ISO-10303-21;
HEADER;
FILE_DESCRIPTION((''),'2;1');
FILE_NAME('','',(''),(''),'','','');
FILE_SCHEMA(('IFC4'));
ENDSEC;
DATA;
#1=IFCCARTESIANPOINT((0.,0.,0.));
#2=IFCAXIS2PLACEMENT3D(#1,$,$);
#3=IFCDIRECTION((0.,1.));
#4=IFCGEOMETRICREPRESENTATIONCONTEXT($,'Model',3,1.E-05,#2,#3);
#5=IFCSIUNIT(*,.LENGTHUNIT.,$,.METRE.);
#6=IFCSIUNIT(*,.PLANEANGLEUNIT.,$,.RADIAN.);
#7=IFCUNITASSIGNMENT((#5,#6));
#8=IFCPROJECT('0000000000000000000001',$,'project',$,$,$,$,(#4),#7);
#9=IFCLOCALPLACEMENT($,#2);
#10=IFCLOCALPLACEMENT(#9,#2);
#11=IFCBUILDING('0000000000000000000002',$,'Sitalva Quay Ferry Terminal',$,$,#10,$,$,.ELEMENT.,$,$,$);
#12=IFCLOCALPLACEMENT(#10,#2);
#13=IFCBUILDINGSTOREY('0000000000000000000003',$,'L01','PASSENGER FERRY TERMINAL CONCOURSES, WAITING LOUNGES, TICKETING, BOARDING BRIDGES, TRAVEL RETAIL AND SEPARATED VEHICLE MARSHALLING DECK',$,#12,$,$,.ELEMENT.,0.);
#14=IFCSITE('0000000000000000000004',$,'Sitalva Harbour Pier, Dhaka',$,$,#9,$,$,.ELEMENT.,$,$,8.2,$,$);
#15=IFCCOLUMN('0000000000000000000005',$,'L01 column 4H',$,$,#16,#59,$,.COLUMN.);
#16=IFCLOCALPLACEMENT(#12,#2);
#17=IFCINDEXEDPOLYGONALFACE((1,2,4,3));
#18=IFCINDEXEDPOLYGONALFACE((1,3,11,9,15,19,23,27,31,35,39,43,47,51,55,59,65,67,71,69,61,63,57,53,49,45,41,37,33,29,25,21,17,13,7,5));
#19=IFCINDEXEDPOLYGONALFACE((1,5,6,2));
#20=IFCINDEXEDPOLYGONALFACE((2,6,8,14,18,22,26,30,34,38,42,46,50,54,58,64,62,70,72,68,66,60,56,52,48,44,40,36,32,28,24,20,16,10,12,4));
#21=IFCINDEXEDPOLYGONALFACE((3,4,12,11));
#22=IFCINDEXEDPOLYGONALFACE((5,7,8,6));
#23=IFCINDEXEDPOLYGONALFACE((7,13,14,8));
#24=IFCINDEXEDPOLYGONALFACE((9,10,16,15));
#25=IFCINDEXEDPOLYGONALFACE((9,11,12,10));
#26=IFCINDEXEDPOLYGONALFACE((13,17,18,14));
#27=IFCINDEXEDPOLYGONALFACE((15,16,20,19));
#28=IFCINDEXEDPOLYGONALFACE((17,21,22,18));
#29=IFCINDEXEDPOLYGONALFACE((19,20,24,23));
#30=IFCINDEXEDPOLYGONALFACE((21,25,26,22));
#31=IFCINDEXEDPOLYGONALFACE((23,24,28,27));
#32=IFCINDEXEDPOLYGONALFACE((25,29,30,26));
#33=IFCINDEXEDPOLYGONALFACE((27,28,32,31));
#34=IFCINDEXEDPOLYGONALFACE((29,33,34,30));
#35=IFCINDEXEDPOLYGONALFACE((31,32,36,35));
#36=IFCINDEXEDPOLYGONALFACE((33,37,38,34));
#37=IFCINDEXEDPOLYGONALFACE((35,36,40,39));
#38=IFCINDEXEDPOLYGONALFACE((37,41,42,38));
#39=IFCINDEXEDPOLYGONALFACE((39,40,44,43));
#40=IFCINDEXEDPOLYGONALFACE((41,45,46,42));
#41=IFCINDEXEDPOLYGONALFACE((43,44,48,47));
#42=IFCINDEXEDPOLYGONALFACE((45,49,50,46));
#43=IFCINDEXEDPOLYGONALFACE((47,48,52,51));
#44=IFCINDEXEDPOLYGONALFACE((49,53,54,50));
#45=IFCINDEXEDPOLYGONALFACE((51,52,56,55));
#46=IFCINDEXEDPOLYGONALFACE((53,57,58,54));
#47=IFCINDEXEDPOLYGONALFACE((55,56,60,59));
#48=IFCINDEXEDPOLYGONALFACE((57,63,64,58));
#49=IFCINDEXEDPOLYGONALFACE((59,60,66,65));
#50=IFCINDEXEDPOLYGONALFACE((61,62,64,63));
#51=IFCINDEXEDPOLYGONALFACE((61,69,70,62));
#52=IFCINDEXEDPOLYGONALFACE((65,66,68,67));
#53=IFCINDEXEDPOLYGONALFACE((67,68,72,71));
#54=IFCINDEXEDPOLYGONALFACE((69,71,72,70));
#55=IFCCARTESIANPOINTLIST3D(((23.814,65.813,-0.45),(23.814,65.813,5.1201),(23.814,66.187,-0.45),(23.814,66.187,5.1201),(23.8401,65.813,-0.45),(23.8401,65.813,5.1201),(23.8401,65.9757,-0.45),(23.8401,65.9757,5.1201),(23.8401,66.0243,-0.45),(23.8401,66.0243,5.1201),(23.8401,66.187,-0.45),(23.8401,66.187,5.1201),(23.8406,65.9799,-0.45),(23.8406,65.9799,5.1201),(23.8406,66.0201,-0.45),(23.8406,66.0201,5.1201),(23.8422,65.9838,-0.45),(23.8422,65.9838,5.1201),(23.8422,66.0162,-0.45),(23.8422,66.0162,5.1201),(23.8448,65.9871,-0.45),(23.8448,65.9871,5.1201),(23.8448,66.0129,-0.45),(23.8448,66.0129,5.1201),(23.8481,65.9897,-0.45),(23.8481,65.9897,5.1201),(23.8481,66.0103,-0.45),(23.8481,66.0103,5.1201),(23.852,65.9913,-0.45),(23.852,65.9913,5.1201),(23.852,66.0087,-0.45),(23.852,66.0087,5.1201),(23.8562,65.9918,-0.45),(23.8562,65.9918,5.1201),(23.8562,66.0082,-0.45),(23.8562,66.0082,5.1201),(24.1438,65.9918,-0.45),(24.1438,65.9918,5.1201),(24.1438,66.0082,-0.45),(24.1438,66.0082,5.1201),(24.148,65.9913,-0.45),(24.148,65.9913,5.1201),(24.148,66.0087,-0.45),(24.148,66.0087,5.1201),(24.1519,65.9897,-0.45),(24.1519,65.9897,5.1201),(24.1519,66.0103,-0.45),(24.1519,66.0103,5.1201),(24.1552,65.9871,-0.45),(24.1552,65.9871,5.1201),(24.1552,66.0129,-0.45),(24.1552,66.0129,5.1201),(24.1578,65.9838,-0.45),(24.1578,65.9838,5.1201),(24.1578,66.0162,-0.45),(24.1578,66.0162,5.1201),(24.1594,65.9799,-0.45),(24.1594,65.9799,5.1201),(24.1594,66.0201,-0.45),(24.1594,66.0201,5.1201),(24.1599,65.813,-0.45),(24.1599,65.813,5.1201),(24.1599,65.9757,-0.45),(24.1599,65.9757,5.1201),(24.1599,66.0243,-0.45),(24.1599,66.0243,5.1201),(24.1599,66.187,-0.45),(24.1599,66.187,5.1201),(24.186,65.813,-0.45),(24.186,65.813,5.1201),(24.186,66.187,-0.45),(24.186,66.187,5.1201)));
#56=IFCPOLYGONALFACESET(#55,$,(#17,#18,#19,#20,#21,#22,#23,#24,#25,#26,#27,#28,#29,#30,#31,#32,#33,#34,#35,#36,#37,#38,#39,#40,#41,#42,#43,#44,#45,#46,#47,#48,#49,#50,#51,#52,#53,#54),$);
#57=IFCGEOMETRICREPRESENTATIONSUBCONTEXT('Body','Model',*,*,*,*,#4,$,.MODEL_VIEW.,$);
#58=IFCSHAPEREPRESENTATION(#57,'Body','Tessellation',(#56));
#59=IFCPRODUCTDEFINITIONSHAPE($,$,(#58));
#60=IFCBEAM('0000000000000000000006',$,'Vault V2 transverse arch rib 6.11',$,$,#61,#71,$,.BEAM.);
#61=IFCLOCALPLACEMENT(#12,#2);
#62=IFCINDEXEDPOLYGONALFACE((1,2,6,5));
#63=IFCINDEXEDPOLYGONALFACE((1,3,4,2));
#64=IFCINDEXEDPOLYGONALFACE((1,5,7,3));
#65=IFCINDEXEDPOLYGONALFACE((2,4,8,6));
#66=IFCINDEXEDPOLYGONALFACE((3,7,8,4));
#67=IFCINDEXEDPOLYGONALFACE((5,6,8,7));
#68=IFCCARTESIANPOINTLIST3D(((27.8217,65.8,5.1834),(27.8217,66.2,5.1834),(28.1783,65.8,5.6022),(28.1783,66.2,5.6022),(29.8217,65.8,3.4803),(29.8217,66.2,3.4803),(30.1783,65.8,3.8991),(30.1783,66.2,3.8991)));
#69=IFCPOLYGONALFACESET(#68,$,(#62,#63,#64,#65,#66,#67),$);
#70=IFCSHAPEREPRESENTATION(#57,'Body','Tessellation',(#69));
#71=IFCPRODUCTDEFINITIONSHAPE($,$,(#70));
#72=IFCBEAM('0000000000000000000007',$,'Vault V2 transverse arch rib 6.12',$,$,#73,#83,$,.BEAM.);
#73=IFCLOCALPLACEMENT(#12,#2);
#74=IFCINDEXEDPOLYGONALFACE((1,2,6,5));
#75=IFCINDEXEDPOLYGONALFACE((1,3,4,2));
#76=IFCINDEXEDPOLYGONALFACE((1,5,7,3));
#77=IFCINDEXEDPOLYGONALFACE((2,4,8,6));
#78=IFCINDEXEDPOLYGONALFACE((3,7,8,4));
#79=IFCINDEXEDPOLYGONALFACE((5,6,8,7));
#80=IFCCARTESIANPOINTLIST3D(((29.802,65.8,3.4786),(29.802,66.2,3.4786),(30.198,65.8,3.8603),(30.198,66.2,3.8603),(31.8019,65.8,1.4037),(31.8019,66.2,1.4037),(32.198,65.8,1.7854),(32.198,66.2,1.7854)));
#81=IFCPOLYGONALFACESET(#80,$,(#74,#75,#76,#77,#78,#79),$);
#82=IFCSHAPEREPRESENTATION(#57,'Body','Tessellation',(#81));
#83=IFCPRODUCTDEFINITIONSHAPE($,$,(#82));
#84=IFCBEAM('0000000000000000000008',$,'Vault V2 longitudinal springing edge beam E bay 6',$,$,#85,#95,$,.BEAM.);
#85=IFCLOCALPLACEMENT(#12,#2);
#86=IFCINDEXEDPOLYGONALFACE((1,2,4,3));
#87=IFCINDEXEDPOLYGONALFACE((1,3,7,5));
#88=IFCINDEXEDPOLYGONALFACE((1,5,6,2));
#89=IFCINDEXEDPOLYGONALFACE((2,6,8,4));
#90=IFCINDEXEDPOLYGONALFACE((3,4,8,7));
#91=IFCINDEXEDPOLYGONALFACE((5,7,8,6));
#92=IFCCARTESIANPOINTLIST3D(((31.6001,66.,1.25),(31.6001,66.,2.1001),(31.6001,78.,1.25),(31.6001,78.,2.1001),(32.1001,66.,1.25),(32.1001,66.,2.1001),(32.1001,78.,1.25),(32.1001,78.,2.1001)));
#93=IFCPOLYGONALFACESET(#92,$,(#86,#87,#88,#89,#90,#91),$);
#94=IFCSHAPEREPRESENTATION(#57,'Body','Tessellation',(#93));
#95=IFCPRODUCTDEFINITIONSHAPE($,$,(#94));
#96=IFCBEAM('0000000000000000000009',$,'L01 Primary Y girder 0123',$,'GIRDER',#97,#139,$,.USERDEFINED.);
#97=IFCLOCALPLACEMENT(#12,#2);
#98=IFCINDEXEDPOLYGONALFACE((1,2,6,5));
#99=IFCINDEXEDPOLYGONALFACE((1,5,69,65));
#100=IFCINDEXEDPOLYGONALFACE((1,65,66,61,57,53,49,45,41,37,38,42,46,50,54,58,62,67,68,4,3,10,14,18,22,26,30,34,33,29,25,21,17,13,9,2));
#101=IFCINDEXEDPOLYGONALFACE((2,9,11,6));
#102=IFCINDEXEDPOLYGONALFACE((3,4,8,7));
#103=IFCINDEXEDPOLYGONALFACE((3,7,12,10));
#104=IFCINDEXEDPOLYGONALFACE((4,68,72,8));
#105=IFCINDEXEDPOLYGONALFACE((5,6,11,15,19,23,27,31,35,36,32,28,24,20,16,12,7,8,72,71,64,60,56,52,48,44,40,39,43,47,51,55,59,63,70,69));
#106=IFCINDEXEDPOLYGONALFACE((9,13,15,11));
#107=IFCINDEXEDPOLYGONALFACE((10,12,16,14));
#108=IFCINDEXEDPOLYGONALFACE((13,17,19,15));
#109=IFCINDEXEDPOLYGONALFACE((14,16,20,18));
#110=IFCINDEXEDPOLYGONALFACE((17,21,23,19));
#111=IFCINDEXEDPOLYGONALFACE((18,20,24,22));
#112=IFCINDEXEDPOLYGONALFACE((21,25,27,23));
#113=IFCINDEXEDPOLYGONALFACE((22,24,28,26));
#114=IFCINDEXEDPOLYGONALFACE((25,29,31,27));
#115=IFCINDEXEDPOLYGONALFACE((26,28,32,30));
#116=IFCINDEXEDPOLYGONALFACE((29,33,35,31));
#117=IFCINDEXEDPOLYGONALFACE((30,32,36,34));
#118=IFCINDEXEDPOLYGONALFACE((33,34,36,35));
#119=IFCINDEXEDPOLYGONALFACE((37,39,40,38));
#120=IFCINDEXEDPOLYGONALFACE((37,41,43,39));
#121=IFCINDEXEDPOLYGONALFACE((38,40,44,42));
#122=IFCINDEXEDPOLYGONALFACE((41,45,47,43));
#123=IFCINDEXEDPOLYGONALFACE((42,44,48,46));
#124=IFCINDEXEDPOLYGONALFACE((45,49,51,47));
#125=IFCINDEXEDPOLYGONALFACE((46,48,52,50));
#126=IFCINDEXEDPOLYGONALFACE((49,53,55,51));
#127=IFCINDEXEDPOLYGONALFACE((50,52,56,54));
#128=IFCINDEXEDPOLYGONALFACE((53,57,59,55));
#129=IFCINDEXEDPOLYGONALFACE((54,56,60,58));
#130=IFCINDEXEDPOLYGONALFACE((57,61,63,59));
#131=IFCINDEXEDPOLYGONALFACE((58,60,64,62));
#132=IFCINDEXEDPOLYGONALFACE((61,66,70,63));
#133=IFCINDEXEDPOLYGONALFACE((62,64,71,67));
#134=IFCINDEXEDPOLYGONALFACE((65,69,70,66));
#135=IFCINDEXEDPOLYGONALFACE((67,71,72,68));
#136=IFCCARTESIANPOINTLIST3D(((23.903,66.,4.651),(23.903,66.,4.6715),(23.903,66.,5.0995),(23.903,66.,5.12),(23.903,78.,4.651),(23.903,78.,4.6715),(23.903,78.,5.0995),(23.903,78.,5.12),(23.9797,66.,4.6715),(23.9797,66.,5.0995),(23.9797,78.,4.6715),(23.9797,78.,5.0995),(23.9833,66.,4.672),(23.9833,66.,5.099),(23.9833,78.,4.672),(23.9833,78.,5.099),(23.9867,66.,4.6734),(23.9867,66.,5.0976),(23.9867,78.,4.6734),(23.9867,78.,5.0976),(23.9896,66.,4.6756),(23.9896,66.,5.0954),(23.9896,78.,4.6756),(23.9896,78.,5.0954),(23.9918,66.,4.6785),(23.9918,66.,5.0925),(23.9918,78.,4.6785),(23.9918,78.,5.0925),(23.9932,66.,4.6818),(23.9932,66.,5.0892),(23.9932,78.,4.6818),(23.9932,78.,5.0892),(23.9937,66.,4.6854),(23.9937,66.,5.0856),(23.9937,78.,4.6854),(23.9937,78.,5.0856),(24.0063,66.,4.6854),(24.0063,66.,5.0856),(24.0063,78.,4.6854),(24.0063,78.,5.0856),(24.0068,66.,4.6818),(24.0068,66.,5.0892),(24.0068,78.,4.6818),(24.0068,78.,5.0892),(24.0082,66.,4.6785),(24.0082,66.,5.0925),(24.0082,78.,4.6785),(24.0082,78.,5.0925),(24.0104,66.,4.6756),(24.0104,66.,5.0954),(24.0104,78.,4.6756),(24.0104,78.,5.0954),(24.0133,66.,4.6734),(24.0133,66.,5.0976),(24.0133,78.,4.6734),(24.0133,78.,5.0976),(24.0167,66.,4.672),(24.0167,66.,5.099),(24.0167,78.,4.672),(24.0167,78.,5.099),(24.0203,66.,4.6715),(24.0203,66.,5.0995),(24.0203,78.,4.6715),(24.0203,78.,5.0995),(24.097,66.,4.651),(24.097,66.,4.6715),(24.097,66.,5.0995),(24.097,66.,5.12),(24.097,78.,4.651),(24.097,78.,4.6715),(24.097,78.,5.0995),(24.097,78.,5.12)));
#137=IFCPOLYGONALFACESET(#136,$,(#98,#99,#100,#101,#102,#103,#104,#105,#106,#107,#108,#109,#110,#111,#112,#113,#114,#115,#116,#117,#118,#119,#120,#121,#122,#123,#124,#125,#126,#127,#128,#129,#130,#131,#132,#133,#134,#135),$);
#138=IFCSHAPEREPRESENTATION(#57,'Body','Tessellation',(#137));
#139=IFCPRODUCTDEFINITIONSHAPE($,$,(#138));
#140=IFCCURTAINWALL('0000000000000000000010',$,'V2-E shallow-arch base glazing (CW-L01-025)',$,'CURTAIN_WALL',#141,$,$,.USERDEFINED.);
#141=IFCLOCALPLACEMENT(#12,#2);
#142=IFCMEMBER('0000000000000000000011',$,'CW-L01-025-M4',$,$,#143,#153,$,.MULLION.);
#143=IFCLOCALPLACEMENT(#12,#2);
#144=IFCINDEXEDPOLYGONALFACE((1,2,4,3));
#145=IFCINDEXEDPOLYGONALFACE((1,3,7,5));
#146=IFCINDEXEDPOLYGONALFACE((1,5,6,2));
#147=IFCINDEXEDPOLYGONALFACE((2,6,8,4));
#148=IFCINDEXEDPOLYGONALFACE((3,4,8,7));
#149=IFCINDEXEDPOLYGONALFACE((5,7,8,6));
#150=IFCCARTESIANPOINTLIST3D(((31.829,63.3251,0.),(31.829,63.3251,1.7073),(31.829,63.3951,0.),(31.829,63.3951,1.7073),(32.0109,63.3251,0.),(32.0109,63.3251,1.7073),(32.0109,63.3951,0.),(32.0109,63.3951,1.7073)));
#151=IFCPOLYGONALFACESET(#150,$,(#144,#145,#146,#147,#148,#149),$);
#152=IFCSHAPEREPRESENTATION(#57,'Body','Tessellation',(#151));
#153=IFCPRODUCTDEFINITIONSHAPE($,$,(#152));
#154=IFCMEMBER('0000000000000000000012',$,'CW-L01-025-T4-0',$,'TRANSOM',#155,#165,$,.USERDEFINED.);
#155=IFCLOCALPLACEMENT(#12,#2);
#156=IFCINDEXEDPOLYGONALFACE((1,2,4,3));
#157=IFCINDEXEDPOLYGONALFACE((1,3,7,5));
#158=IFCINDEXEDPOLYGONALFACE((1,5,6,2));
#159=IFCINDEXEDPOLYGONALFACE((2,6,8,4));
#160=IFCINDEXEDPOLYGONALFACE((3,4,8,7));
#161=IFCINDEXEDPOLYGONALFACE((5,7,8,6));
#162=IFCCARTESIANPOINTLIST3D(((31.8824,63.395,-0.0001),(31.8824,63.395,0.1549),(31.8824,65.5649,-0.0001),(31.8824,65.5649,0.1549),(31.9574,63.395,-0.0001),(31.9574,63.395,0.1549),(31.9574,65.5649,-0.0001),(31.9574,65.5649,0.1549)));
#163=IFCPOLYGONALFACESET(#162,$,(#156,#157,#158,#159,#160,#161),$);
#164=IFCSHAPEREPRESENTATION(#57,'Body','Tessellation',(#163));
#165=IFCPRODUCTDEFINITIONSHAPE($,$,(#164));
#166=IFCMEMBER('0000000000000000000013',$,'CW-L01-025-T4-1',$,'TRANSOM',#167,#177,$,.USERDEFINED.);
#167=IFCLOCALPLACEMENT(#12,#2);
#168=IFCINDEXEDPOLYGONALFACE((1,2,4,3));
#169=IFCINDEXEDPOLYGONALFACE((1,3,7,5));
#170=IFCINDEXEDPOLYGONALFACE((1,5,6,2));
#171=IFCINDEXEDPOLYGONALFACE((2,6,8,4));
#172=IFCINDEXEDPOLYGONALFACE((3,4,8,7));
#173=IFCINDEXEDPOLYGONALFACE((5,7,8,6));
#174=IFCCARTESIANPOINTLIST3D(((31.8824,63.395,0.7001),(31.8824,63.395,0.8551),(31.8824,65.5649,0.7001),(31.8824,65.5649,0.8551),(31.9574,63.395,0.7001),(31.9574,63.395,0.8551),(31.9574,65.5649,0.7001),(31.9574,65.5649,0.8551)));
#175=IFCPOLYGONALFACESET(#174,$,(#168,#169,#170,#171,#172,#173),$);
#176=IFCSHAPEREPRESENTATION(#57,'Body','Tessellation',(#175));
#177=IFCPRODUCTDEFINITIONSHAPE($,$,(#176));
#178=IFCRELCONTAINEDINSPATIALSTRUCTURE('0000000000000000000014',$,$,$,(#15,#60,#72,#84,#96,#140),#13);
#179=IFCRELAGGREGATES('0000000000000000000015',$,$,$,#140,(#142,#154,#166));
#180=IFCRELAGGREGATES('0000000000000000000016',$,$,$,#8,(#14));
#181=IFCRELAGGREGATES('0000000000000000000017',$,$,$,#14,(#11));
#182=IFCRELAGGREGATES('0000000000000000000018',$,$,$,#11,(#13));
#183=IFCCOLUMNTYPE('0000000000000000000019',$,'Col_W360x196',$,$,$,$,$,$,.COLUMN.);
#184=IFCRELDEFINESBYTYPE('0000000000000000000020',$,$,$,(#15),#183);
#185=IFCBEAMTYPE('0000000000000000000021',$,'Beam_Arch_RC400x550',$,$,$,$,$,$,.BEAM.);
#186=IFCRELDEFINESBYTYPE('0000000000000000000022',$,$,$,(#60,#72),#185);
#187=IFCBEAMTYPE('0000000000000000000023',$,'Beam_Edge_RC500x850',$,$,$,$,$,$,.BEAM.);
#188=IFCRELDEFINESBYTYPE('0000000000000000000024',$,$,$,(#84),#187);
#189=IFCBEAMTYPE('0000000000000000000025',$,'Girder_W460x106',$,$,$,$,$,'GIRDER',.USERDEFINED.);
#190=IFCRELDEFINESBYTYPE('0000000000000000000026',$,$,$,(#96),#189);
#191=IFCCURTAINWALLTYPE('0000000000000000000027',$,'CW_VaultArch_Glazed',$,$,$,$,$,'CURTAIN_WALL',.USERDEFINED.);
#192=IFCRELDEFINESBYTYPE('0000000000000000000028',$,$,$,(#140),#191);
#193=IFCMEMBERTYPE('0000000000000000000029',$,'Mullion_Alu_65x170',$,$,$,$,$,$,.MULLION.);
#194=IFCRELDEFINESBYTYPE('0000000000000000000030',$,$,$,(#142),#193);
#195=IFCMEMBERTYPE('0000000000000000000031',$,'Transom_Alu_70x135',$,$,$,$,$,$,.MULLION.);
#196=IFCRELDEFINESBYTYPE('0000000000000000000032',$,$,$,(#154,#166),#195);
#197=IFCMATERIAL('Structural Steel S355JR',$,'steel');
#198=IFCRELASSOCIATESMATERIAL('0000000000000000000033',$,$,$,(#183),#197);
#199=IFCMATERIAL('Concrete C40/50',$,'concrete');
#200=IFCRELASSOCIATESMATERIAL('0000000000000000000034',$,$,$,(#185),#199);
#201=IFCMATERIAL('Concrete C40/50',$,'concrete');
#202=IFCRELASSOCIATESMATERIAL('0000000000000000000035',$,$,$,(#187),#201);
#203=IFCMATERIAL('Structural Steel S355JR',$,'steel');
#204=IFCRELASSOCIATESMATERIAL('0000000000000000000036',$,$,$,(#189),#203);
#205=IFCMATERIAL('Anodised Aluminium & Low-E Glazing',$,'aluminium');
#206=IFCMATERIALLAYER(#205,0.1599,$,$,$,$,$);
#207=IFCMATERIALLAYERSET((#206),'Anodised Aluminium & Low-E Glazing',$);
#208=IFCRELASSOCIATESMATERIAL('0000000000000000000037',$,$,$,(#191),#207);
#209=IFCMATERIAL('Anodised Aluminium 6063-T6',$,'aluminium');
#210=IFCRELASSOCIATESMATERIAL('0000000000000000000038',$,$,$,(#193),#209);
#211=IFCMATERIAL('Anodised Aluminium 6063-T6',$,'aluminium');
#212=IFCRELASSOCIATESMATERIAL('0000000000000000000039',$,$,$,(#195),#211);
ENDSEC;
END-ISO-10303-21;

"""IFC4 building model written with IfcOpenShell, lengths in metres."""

from ifc_helpers import new_model, si_unit, direction, frame, origin, origin_2d, place, context, subcontext, project, spatial, rectangle, i_section, extrude, material, layer, layer_set, material_profile, profile_set, type_object, element, aggregate, save


model = new_model("IFC4")

# Units and contexts
model_context = context("Model", 3, precision=1e-05, world=origin(), true_north=direction((0.0, 1.0)))
body_context = subcontext(model_context, "Body", "Model", "MODEL_VIEW")
ifc_project = project(units=[si_unit("LENGTHUNIT", "METRE"), si_unit("PLANEANGLEUNIT", "RADIAN")], contexts=[model_context])

# Site, building, storey
site_placement = place(None, origin())
site = spatial("IfcSite", under=ifc_project, at=site_placement, Name="Sitalva Harbour Pier, Dhaka", CompositionType="ELEMENT", RefElevation=8.2)
building_placement = place(site_placement, origin())
building = spatial("IfcBuilding", under=site, at=building_placement, Name="Sitalva Quay Ferry Terminal", CompositionType="ELEMENT")
storey_placement = place(building_placement, origin())
storey = spatial("IfcBuildingStorey", under=building, at=storey_placement, Name="L01", Description="PASSENGER FERRY TERMINAL CONCOURSES, WAITING LOUNGES, TICKETING, BOARDING BRIDGES, TRAVEL RETAIL AND SEPARATED VEHICLE MARSHALLING DECK", CompositionType="ELEMENT", Elevation=0.0)

# Column
ifc_material_1 = material(Name="Structural Steel S355JR", Category="steel")
ifc_material_profile_1 = material_profile(ifc_material_1, i_section(OverallWidth=0.374, OverallDepth=0.3721, WebThickness=0.0164, FlangeThickness=0.0261, FilletRadius=0.0161, at=origin_2d()), Name="W360x196")
ifc_profile_set_1 = profile_set([ifc_material_profile_1], Name="Structural Steel S355JR")
column_type = type_object("IfcColumnType", Name="Col_W360x196", PredefinedType="COLUMN", material=ifc_profile_set_1)
column_placement = place(storey_placement, frame((24.0, 66.0, -0.45), z_axis=(0.0, 0.0, 1.0), x_axis=(0.0, 1.0, 0.0)))
element("IfcColumn", 1, at=column_placement, inside=storey, type_object=column_type, Name="L01 column 4H", PredefinedType="COLUMN", context=body_context, shape_type="SweptSolid", body=[
    extrude(i_section(OverallWidth=0.374, OverallDepth=0.3721, WebThickness=0.0164, FlangeThickness=0.0261, FilletRadius=0.0161, at=origin_2d()), origin(), (0.0, 0.0, 1.0), 5.5701),
])

# Beams
ifc_material_2 = material(Name="Concrete C40/50", Category="concrete")
ifc_material_profile_2 = material_profile(ifc_material_2, rectangle(XDim=0.3999, YDim=0.55, at=origin_2d()), Name="RC400x550")
ifc_profile_set_2 = profile_set([ifc_material_profile_2], Name="Concrete C40/50")
beam_type_1 = type_object("IfcBeamType", Name="Beam_Arch_RC400x550", PredefinedType="BEAM", material=ifc_profile_set_2)
beam_1_placement = place(storey_placement, frame((28.0, 66.0, 5.3928), z_axis=(0.761352, 0.0, -0.648339), x_axis=(0.0, 1.0, 0.0)))
element("IfcBeam", 2, at=beam_1_placement, inside=storey, type_object=beam_type_1, Name="Vault V2 transverse arch rib 6.11", PredefinedType="BEAM", context=body_context, shape_type="SweptSolid", body=[
    extrude(rectangle(XDim=0.3999, YDim=0.55, at=origin_2d()), origin(), (0.0, 0.0, 1.0), 2.627),
])
beam_2_placement = place(storey_placement, frame((30.0, 66.0, 3.6694), z_axis=(0.693983, 0.0, -0.719991), x_axis=(0.0, 1.0, 0.0)))
element("IfcBeam", 3, at=beam_2_placement, inside=storey, type_object=beam_type_1, Name="Vault V2 transverse arch rib 6.12", PredefinedType="BEAM", context=body_context, shape_type="SweptSolid", body=[
    extrude(rectangle(XDim=0.3999, YDim=0.55, at=origin_2d()), origin(), (0.0, 0.0, 1.0), 2.8818),
])
ifc_material_3 = material(Name="Concrete C40/50", Category="concrete")
ifc_material_profile_3 = material_profile(ifc_material_3, rectangle(XDim=0.5, YDim=0.8501, at=origin_2d()), Name="RC500x850")
ifc_profile_set_3 = profile_set([ifc_material_profile_3], Name="Concrete C40/50")
beam_type_2 = type_object("IfcBeamType", Name="Beam_Edge_RC500x850", PredefinedType="BEAM", material=ifc_profile_set_3)
beam_3_placement = place(storey_placement, frame((31.8501, 66.0, 1.675), z_axis=(0.0, 1.0, 0.0), x_axis=(-1.0, 0.0, 0.0)))
element("IfcBeam", 4, at=beam_3_placement, inside=storey, type_object=beam_type_2, Name="Vault V2 longitudinal springing edge beam E bay 6", PredefinedType="BEAM", context=body_context, shape_type="SweptSolid", body=[
    extrude(rectangle(XDim=0.5, YDim=0.8501, at=origin_2d()), origin(), (0.0, 0.0, 1.0), 12.0),
])
ifc_material_4 = material(Name="Structural Steel S355JR", Category="steel")
ifc_material_profile_4 = material_profile(ifc_material_4, i_section(OverallWidth=0.1941, OverallDepth=0.469, WebThickness=0.0127, FlangeThickness=0.0205, FilletRadius=0.0139, at=origin_2d()), Name="W460x106")
ifc_profile_set_4 = profile_set([ifc_material_profile_4], Name="Structural Steel S355JR")
beam_type_3 = type_object("IfcBeamType", Name="Girder_W460x106", ElementType="GIRDER", PredefinedType="USERDEFINED", material=ifc_profile_set_4)
beam_4_placement = place(storey_placement, frame((24.0, 66.0, 4.8855), z_axis=(0.0, 1.0, 0.0), x_axis=(-1.0, 0.0, 0.0)))
element("IfcBeam", 5, at=beam_4_placement, inside=storey, type_object=beam_type_3, Name="L01 Primary Y girder 0123", ObjectType="GIRDER", PredefinedType="USERDEFINED", context=body_context, shape_type="SweptSolid", body=[
    extrude(i_section(OverallWidth=0.1941, OverallDepth=0.469, WebThickness=0.0127, FlangeThickness=0.0205, FilletRadius=0.0139, at=origin_2d()), origin(), (0.0, 0.0, 1.0), 12.0),
])

# Curtain wall, members
ifc_material_5 = material(Name="Anodised Aluminium & Low-E Glazing", Category="aluminium")
ifc_layer_1 = layer(ifc_material_5, 0.1599)
ifc_layer_set_1 = layer_set([ifc_layer_1], Name="Anodised Aluminium & Low-E Glazing")
curtain_wall_type = type_object("IfcCurtainWallType", Name="CW_VaultArch_Glazed", ElementType="CURTAIN_WALL", PredefinedType="USERDEFINED", material=ifc_layer_set_1)
curtain_wall_placement = place(storey_placement, origin())
curtain_wall = element("IfcCurtainWall", 6, at=curtain_wall_placement, inside=storey, type_object=curtain_wall_type, Name="V2-E shallow-arch base glazing (CW-L01-025)", ObjectType="CURTAIN_WALL", PredefinedType="USERDEFINED")
ifc_material_6 = material(Name="Anodised Aluminium 6063-T6", Category="aluminium")
ifc_material_profile_5 = material_profile(ifc_material_6, rectangle(XDim=0.0701, YDim=0.1819, at=origin_2d()), Name="ALU70x182")
ifc_profile_set_5 = profile_set([ifc_material_profile_5], Name="Anodised Aluminium 6063-T6")
member_type_1 = type_object("IfcMemberType", Name="Mullion_Alu_65x170", PredefinedType="MULLION", material=ifc_profile_set_5)
member_1_placement = place(storey_placement, frame((31.9199, 63.3601, 0.0), z_axis=(0.0, 0.0, 1.0), x_axis=(0.0, 1.0, 0.0)))
member_1 = element("IfcMember", 7, at=member_1_placement, type_object=member_type_1, Name="CW-L01-025-M4", PredefinedType="MULLION", context=body_context, shape_type="SweptSolid", body=[
    extrude(rectangle(XDim=0.0701, YDim=0.1819, at=origin_2d()), origin(), (0.0, 0.0, 1.0), 1.7073),
])
ifc_material_7 = material(Name="Anodised Aluminium 6063-T6", Category="aluminium")
ifc_material_profile_6 = material_profile(ifc_material_7, rectangle(XDim=0.075, YDim=0.155, at=origin_2d()), Name="ALU75x155")
ifc_profile_set_6 = profile_set([ifc_material_profile_6], Name="Anodised Aluminium 6063-T6")
member_type_2 = type_object("IfcMemberType", Name="Transom_Alu_70x135", PredefinedType="MULLION", material=ifc_profile_set_6)
member_2_placement = place(storey_placement, frame((31.9199, 63.395, 0.0774), z_axis=(0.0, 1.0, 0.0), x_axis=(-1.0, 0.0, 0.0)))
member_2 = element("IfcMember", 8, at=member_2_placement, type_object=member_type_2, Name="CW-L01-025-T4-0", ObjectType="TRANSOM", PredefinedType="USERDEFINED", context=body_context, shape_type="SweptSolid", body=[
    extrude(rectangle(XDim=0.075, YDim=0.155, at=origin_2d()), origin(), (0.0, 0.0, 1.0), 2.1699),
])
member_3_placement = place(storey_placement, frame((31.9199, 63.395, 0.7776), z_axis=(0.0, 1.0, 0.0), x_axis=(-1.0, 0.0, 0.0)))
member_3 = element("IfcMember", 9, at=member_3_placement, type_object=member_type_2, Name="CW-L01-025-T4-1", ObjectType="TRANSOM", PredefinedType="USERDEFINED", context=body_context, shape_type="SweptSolid", body=[
    extrude(rectangle(XDim=0.075, YDim=0.155, at=origin_2d()), origin(), (0.0, 0.0, 1.0), 2.1699),
])
aggregate(curtain_wall, [member_1, member_2, member_3])

save(model, "model.ifc")
